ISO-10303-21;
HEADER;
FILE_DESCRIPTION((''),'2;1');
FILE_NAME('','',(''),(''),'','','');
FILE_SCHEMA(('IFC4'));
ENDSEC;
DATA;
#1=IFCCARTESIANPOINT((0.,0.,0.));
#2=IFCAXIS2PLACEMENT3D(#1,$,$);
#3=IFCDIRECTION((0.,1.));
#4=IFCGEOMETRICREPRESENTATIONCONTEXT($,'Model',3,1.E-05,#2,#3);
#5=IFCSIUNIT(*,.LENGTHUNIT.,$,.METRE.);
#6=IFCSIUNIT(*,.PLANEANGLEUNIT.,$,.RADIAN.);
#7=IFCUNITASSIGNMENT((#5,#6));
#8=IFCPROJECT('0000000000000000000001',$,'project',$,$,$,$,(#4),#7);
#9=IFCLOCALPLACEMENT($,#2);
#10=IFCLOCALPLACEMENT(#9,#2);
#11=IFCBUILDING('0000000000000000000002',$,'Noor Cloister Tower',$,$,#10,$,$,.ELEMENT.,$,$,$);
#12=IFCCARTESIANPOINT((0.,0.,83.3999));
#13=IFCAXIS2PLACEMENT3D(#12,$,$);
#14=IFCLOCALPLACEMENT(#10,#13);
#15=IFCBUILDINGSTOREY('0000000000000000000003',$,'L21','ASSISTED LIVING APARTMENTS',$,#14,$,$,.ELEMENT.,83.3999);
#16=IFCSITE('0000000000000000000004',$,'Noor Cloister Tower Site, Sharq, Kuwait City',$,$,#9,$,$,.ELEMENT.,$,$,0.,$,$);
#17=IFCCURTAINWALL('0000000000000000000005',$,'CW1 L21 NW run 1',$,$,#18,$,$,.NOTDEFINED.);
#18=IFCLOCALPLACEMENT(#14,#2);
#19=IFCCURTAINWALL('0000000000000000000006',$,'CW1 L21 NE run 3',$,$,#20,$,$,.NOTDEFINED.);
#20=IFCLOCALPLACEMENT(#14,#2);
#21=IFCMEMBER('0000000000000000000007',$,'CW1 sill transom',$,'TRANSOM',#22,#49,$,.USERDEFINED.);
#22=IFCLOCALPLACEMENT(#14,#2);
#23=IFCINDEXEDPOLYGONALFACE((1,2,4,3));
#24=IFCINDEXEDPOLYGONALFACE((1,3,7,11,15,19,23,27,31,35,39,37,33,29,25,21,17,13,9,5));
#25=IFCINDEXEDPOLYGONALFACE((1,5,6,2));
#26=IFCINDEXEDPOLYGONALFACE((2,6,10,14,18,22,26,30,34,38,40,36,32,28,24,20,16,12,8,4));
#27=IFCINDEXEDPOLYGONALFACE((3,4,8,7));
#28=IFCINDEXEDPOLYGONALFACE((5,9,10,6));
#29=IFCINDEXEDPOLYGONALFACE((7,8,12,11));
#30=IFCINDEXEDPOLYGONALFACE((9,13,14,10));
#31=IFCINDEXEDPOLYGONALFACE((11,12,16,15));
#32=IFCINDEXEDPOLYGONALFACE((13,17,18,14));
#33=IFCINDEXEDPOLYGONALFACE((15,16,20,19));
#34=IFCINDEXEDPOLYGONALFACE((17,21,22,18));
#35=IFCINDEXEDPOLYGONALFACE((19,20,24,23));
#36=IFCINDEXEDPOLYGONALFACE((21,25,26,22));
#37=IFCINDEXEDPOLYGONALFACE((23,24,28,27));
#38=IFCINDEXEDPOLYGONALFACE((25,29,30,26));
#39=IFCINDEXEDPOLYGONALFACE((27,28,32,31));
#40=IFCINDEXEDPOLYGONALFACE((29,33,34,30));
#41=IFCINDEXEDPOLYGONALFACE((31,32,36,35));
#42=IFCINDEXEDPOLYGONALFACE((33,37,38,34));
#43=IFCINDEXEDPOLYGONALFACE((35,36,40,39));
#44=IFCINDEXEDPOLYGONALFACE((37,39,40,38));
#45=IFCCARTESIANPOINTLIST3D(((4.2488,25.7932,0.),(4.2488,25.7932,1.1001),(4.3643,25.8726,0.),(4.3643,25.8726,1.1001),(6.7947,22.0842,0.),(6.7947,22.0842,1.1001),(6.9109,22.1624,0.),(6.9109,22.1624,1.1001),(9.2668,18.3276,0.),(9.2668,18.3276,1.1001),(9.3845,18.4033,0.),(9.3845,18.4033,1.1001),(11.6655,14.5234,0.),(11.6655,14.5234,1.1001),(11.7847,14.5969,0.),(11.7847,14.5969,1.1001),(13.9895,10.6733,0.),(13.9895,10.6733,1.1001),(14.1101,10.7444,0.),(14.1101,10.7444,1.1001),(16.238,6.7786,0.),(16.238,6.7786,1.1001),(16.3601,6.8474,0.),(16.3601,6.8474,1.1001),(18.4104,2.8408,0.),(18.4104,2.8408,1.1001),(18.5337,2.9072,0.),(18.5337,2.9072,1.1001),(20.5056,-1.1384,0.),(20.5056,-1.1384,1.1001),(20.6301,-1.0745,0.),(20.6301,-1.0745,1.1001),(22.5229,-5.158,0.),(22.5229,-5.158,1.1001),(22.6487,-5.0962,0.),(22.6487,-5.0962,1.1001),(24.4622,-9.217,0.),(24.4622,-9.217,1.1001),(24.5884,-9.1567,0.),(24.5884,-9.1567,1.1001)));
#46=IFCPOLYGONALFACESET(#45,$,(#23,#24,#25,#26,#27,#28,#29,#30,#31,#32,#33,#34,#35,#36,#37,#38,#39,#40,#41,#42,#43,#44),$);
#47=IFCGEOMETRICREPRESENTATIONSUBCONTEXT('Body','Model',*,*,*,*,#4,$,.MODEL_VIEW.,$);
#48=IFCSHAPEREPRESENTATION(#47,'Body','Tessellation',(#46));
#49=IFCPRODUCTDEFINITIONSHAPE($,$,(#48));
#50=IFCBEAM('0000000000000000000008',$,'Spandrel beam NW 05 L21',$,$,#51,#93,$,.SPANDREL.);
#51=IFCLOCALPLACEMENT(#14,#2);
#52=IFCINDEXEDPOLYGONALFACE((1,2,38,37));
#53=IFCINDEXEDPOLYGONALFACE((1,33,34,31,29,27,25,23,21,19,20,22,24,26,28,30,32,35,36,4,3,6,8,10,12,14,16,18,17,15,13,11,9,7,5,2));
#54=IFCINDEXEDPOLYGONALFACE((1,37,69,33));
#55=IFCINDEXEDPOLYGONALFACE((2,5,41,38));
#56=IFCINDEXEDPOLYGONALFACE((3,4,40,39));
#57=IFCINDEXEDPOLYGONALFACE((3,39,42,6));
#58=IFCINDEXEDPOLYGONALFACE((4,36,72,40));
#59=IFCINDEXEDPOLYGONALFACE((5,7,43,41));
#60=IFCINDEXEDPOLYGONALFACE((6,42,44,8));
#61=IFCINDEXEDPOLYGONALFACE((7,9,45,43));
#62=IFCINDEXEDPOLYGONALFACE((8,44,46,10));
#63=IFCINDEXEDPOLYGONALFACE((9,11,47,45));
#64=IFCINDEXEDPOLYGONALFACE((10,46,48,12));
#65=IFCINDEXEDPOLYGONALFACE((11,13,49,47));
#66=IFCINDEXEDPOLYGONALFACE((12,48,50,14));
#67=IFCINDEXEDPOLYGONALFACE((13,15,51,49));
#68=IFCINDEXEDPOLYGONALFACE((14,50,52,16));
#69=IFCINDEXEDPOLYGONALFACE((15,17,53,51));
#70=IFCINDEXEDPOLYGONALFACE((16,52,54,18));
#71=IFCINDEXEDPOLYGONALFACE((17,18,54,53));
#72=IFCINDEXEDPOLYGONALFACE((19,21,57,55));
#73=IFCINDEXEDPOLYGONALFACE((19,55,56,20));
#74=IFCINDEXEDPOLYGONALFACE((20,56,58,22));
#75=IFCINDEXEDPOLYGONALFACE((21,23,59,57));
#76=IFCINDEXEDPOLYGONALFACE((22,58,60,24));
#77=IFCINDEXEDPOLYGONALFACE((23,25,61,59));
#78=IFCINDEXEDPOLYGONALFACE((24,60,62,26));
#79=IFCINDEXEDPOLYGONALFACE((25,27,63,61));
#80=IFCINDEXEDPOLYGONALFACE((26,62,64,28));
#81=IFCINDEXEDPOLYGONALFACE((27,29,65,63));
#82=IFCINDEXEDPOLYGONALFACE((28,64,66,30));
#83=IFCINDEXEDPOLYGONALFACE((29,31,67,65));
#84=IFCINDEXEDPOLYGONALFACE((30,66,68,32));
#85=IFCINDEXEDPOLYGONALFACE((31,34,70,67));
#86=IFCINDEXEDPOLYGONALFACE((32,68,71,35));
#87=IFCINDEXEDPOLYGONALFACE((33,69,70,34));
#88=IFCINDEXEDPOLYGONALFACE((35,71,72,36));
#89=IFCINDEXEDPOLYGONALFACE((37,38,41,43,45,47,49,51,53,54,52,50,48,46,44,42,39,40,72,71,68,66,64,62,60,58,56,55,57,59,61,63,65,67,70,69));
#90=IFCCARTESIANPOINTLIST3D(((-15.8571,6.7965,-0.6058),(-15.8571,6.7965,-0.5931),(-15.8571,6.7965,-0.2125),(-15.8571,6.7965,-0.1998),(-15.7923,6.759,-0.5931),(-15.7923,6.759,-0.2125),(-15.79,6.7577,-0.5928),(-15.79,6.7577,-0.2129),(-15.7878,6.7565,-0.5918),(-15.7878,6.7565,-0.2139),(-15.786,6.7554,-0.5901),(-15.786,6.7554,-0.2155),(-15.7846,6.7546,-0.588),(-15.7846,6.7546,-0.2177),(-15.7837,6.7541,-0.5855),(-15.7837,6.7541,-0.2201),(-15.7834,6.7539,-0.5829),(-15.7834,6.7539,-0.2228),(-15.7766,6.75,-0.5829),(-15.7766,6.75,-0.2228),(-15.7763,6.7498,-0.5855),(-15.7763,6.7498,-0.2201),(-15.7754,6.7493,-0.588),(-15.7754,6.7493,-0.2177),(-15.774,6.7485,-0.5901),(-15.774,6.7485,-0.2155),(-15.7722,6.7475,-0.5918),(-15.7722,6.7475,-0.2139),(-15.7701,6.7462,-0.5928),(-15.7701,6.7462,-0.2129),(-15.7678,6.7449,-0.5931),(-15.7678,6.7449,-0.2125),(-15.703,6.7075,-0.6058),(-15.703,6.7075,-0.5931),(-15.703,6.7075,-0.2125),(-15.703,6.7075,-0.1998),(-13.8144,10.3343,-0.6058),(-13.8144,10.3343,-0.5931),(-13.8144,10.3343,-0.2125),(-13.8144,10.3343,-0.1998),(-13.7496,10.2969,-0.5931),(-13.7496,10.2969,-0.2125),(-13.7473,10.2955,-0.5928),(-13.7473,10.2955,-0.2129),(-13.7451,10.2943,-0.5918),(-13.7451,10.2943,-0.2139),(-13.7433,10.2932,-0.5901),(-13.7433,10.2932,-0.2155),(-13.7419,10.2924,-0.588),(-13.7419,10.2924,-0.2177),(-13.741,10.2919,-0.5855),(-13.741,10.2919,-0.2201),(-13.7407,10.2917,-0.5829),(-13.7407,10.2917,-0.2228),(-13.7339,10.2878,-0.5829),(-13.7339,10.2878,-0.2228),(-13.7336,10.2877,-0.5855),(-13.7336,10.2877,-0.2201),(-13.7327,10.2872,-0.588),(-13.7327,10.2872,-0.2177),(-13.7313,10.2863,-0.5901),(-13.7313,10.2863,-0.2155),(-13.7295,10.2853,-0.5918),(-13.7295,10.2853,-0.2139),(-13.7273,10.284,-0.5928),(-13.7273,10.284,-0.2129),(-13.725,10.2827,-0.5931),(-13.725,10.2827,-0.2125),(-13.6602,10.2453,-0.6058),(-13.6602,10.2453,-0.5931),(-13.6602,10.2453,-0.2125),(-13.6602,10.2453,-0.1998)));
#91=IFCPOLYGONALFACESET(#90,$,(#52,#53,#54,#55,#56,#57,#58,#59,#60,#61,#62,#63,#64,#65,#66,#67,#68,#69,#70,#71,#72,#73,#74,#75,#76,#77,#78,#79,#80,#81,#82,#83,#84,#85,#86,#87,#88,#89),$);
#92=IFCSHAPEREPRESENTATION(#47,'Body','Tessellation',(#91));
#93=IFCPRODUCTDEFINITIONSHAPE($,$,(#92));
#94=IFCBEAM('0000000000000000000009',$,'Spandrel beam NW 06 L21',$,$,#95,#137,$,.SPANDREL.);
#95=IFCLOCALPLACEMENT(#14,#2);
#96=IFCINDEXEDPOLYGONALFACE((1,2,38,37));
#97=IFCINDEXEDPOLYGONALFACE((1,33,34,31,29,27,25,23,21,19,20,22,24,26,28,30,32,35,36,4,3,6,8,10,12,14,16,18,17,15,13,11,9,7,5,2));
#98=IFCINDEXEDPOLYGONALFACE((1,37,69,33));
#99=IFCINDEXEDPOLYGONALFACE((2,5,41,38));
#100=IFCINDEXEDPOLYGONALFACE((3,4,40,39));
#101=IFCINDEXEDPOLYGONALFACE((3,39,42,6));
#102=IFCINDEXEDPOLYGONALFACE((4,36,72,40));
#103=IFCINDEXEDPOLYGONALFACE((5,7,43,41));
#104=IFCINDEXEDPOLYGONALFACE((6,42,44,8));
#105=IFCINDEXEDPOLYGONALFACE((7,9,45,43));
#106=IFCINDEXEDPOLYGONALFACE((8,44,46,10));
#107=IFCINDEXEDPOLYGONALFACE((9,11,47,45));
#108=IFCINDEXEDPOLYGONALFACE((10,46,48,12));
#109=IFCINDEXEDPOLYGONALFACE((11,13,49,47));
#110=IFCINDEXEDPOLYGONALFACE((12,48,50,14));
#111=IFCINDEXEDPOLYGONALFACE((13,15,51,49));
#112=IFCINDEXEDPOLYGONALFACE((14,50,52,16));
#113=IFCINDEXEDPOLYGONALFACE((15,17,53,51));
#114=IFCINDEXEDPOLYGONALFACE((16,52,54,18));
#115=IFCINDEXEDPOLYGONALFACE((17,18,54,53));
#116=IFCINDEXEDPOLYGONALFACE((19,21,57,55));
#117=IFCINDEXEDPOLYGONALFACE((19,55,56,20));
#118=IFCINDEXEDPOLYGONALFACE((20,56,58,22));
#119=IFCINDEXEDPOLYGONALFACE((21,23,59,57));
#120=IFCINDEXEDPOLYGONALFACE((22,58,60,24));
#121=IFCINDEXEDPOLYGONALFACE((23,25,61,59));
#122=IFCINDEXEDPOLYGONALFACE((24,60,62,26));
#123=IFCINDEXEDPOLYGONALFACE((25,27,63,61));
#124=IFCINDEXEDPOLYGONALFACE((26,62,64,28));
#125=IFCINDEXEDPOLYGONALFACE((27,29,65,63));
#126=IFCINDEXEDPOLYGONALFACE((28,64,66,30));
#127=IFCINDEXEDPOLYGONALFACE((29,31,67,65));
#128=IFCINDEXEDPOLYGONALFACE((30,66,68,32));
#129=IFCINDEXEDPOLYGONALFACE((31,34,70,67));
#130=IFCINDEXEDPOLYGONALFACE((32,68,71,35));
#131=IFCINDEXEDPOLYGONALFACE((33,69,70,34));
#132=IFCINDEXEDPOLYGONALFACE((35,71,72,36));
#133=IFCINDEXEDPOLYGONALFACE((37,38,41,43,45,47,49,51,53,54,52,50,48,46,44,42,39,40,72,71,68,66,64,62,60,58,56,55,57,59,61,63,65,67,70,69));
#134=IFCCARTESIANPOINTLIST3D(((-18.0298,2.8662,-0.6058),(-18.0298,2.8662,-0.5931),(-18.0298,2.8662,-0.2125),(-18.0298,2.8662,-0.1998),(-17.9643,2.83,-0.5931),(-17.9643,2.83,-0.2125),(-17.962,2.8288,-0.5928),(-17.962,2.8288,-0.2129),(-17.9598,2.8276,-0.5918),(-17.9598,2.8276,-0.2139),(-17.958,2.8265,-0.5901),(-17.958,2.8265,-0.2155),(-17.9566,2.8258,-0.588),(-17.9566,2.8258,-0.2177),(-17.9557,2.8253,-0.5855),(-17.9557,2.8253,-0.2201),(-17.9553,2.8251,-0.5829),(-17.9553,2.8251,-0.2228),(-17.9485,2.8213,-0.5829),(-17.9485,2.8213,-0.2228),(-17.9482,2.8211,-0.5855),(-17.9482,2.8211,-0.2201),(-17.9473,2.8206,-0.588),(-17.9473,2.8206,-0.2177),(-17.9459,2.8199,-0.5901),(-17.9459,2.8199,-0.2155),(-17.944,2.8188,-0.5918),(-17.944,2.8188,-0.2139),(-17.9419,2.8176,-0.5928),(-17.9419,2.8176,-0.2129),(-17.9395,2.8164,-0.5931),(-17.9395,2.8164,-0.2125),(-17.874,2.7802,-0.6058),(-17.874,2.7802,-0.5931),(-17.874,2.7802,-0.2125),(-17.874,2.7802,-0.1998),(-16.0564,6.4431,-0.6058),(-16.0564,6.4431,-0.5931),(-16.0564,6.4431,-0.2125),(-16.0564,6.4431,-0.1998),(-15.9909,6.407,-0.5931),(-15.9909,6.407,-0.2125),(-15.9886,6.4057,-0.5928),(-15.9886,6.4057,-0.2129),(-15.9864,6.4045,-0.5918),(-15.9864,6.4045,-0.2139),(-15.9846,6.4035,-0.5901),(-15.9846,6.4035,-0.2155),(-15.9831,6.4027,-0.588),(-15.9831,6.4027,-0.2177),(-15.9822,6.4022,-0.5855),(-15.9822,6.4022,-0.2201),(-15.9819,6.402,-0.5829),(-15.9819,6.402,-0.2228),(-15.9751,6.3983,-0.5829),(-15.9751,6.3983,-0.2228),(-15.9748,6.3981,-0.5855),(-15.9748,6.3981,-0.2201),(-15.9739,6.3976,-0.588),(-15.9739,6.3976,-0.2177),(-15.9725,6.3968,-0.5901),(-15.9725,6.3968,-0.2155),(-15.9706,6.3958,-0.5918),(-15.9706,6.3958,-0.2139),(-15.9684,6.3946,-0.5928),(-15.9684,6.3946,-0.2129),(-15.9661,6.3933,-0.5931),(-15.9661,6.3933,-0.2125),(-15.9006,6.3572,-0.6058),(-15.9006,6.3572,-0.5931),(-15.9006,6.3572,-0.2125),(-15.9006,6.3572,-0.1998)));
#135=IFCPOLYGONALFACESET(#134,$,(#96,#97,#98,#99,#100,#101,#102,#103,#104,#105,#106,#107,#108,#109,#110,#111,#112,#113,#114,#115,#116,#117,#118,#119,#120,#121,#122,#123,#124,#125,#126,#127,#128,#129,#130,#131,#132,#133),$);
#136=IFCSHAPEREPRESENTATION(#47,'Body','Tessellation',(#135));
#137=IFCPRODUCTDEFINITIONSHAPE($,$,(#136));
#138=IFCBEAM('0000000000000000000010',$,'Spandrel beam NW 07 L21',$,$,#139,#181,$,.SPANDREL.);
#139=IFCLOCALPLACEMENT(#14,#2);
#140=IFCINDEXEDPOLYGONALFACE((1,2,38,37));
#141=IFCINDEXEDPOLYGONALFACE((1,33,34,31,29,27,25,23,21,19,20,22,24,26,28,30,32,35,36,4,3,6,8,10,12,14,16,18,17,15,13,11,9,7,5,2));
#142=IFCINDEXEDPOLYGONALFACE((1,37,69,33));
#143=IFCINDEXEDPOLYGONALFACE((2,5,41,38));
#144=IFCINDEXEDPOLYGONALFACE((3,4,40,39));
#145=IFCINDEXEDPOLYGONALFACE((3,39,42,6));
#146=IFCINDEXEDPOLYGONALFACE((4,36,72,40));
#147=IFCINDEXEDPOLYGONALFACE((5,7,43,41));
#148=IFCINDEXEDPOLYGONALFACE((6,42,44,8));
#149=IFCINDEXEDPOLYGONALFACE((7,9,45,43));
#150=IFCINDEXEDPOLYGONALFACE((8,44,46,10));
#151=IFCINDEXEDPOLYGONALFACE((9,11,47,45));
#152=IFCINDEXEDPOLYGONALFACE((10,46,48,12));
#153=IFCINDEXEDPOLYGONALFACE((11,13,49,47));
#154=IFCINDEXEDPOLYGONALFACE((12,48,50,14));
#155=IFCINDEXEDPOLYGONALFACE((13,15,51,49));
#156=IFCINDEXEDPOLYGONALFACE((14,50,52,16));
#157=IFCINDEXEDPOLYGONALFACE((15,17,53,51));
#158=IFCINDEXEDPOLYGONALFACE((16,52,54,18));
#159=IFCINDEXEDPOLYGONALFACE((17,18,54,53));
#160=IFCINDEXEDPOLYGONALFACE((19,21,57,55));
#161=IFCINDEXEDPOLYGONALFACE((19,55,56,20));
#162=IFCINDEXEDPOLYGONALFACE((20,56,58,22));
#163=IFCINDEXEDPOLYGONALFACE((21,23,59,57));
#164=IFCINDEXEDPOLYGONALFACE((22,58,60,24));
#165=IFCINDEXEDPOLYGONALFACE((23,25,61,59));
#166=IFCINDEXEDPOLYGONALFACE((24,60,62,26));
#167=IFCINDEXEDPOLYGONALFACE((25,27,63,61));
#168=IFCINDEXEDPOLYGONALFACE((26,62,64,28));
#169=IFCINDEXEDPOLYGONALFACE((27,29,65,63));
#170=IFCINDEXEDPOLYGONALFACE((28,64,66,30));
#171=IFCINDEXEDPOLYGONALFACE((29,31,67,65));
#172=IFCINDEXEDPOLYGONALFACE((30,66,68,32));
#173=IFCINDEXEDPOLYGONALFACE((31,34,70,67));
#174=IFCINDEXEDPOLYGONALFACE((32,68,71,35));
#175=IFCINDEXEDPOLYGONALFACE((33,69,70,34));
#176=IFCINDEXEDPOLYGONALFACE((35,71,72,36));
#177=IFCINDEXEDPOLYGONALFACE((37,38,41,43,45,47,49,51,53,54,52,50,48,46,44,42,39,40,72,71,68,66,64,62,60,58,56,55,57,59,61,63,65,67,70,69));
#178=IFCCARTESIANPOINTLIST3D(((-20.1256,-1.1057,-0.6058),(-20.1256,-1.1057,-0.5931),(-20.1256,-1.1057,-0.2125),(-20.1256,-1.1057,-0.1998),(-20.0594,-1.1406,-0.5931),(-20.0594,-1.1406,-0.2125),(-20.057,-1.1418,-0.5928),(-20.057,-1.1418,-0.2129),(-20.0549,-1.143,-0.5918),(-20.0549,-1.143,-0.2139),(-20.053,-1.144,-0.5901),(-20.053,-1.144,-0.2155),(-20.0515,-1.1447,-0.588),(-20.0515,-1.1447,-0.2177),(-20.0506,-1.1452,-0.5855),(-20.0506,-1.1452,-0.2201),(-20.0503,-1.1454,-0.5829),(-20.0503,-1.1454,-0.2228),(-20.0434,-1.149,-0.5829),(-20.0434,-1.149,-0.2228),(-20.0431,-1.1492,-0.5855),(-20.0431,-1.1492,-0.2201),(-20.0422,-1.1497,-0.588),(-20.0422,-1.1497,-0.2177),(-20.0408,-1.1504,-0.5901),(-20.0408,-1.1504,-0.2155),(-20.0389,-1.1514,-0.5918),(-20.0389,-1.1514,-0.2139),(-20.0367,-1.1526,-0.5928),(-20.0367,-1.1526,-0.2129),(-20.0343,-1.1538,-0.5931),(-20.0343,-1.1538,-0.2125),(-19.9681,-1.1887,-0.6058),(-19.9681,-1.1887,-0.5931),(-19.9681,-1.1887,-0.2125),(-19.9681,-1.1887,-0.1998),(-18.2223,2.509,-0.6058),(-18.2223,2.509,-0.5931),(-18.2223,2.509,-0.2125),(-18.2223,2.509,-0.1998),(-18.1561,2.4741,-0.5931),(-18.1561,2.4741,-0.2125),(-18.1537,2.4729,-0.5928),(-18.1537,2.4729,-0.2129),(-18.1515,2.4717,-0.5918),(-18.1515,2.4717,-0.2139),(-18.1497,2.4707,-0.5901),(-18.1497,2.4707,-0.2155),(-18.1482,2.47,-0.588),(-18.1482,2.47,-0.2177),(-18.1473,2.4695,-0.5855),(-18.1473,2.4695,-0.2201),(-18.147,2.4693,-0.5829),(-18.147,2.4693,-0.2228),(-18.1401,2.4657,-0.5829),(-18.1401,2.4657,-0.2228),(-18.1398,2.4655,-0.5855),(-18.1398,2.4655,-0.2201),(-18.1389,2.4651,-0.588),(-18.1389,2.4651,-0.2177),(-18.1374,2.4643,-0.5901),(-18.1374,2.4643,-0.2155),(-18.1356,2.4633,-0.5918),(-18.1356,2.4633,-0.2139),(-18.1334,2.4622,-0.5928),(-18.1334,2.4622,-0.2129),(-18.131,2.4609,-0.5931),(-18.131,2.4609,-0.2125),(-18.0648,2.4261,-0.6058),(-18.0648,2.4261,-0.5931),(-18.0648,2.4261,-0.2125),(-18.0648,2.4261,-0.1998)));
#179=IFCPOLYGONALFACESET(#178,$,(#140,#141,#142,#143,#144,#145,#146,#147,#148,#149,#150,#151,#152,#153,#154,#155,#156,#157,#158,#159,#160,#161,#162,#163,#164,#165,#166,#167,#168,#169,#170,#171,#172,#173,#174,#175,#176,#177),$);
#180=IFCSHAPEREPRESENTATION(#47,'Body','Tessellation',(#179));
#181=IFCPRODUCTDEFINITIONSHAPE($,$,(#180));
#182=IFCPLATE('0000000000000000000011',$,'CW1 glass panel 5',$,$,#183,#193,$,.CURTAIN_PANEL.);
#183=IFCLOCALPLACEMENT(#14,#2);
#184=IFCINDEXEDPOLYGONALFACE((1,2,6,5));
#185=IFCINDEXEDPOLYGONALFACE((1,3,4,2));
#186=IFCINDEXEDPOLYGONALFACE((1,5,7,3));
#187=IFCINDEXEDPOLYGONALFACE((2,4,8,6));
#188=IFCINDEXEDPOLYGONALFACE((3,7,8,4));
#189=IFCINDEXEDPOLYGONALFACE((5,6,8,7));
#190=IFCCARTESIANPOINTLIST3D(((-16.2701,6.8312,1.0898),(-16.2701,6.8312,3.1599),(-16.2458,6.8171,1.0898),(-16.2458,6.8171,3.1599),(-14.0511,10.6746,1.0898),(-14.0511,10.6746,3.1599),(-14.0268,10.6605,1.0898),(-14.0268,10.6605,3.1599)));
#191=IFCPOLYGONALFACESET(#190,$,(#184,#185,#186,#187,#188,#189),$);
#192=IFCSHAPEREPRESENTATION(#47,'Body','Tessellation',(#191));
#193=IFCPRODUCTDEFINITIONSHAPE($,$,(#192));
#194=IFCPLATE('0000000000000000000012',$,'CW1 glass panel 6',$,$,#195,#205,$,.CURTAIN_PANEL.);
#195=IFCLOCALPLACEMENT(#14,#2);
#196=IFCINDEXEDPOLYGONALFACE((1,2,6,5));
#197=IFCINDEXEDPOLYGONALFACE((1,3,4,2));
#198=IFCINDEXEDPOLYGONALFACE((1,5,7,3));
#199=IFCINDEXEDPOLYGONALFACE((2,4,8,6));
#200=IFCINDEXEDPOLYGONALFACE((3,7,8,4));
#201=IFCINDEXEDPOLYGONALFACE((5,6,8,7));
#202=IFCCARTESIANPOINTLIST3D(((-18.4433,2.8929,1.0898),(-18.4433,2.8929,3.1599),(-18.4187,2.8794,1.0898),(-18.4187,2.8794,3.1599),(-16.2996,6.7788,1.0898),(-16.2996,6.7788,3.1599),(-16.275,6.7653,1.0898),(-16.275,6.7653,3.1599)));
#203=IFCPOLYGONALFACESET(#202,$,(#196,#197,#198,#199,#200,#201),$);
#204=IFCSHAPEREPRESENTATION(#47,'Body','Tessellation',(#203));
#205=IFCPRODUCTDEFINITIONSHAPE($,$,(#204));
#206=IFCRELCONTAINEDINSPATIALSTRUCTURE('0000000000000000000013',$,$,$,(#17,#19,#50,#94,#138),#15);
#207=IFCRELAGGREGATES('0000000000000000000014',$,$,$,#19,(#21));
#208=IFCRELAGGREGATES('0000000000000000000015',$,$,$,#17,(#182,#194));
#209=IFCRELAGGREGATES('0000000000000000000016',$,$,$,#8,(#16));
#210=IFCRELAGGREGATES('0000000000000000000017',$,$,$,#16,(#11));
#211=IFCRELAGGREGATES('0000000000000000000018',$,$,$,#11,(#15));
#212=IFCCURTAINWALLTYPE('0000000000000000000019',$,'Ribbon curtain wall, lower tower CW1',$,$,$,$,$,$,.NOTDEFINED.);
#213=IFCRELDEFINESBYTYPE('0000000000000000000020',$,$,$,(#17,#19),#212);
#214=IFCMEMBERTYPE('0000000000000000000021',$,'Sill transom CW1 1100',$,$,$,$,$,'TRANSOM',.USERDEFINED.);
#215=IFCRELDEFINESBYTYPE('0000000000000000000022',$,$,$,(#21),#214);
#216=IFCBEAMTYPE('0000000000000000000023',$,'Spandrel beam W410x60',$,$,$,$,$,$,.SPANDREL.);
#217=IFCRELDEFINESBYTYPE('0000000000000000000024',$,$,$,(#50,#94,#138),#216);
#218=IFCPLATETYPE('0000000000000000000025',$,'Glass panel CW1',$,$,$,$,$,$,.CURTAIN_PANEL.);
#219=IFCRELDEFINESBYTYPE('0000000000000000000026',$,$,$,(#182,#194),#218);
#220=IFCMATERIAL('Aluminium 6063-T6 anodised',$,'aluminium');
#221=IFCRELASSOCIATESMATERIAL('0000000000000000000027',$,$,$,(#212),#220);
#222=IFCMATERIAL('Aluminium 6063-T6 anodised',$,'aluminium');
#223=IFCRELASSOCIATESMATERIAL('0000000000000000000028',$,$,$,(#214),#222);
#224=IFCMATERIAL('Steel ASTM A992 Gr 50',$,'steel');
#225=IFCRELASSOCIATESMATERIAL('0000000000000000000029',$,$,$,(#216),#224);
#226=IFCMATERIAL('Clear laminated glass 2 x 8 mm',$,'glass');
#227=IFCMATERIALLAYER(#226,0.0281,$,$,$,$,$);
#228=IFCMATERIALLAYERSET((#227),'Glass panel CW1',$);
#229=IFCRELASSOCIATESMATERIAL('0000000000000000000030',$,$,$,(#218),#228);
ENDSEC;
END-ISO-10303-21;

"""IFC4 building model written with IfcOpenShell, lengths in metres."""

from ifc_helpers import new_model, si_unit, direction, frame, origin, origin_2d, place, context, subcontext, project, spatial, polyline, rectangle, i_section, outline, extrude, material, layer, layer_set, material_profile, profile_set, type_object, element, aggregate, save


model = new_model("IFC4")

# Units and contexts
model_context = context("Model", 3, precision=1e-05, world=origin(), true_north=direction((0.0, 1.0)))
body_context = subcontext(model_context, "Body", "Model", "MODEL_VIEW")
ifc_project = project(units=[si_unit("LENGTHUNIT", "METRE"), si_unit("PLANEANGLEUNIT", "RADIAN")], contexts=[model_context])

# Site, building, storey
site_placement = place(None, origin())
site = spatial("IfcSite", under=ifc_project, at=site_placement, Name="Noor Cloister Tower Site, Sharq, Kuwait City", CompositionType="ELEMENT", RefElevation=0.0)
building_placement = place(site_placement, origin())
building = spatial("IfcBuilding", under=site, at=building_placement, Name="Noor Cloister Tower", CompositionType="ELEMENT")
storey_placement = place(building_placement, frame((0.0, 0.0, 83.3999)))
storey = spatial("IfcBuildingStorey", under=building, at=storey_placement, Name="L21", Description="ASSISTED LIVING APARTMENTS", CompositionType="ELEMENT", Elevation=83.3999)

# Curtain walls
ifc_material_1 = material(Name="Aluminium 6063-T6 anodised", Category="aluminium")
curtain_wall_type = type_object("IfcCurtainWallType", Name="Ribbon curtain wall, lower tower CW1", PredefinedType="NOTDEFINED", material=ifc_material_1)
curtain_wall_1_placement = place(storey_placement, origin())
curtain_wall_1 = element("IfcCurtainWall", 1, at=curtain_wall_1_placement, inside=storey, type_object=curtain_wall_type, Name="CW1 L21 NW run 1", PredefinedType="NOTDEFINED")
curtain_wall_2_placement = place(storey_placement, origin())
curtain_wall_2 = element("IfcCurtainWall", 2, at=curtain_wall_2_placement, inside=storey, type_object=curtain_wall_type, Name="CW1 L21 NE run 3", PredefinedType="NOTDEFINED")

# Member
ifc_material_2 = material(Name="Aluminium 6063-T6 anodised", Category="aluminium")
member_type_1 = type_object("IfcMemberType", Name="Sill transom CW1 1100", ElementType="TRANSOM", PredefinedType="USERDEFINED", material=ifc_material_2)
member_1_placement = place(storey_placement, origin())
member_1 = element("IfcMember", 3, at=member_1_placement, type_object=member_type_1, Name="CW1 sill transom", ObjectType="TRANSOM", PredefinedType="USERDEFINED", context=body_context, shape_type="SweptSolid", body=[
    extrude(outline(polyline([(24.5884, -9.1567), (22.6487, -5.0962), (20.6301, -1.0745), (18.5337, 2.9072), (16.3601, 6.8474), (14.1101, 10.7444), (11.7847, 14.5969), (9.3845, 18.4033), (6.9109, 22.1624), (4.3643, 25.8726), (4.2488, 25.7932), (6.7947, 22.0842), (9.2668, 18.3276), (11.6655, 14.5234), (13.9895, 10.6733), (16.238, 6.7786), (18.4104, 2.8408), (20.5056, -1.1384), (22.5229, -5.158), (24.4622, -9.217), (24.5884, -9.1567)])), origin(), (0.0, 0.0, 1.0), 1.1001),
])
aggregate(curtain_wall_2, [member_1])

# Beams
ifc_material_3 = material(Name="Steel ASTM A992 Gr 50", Category="steel")
ifc_material_profile_1 = material_profile(ifc_material_3, i_section(OverallWidth=0.178, OverallDepth=0.406, WebThickness=0.0078, FlangeThickness=0.0127, FilletRadius=0.0103, at=origin_2d()), Name="W410x60")
ifc_profile_set_1 = profile_set([ifc_material_profile_1], Name="Steel ASTM A992 Gr 50")
beam_type_1 = type_object("IfcBeamType", Name="Spandrel beam W410x60", PredefinedType="SPANDREL", material=ifc_profile_set_1)
for number, where, z_axis, x_axis, name in (
    (4, (-13.7373, 10.2898, -0.4028), (-0.500028, -0.866009, 0.0), (0.866009, -0.500028, 0.0), "Spandrel beam NW 05 L21"),
    (5, (-15.9785, 6.4001, -0.4028), (-0.483063, -0.875586, 0.0), (0.875586, -0.483063, 0.0), "Spandrel beam NW 06 L21"),
    (6, (-18.1436, 2.4675, -0.4028), (-0.465904, -0.884835, 0.0), (0.884835, -0.465904, 0.0), "Spandrel beam NW 07 L21"),
):
    element("IfcBeam", number, at=place(storey_placement, frame(where, z_axis=z_axis, x_axis=x_axis)), inside=storey, type_object=beam_type_1, Name=name, PredefinedType="SPANDREL", context=body_context, shape_type="SweptSolid", body=[
        extrude(i_section(OverallWidth=0.178, OverallDepth=0.406, WebThickness=0.0078, FlangeThickness=0.0127, FilletRadius=0.0103, at=origin_2d()), origin(), (0.0, 0.0, 1.0), 4.0852),
    ])

# Plates
ifc_material_4 = material(Name="Clear laminated glass 2 x 8 mm", Category="glass")
ifc_layer_1 = layer(ifc_material_4, 0.0281)
ifc_layer_set_1 = layer_set([ifc_layer_1], Name="Glass panel CW1")
plate_type = type_object("IfcPlateType", Name="Glass panel CW1", PredefinedType="CURTAIN_PANEL", material=ifc_layer_set_1)
plate_1_placement = place(storey_placement, frame((-15.1484, 8.7458, 1.0898), z_axis=(0.0, 0.0, 1.0), x_axis=(-0.5, -0.866025, 0.0)))
plate_1 = element("IfcPlate", 7, at=plate_1_placement, type_object=plate_type, Name="CW1 glass panel 5", PredefinedType="CURTAIN_PANEL", context=body_context, shape_type="SweptSolid", body=[
    extrude(rectangle(XDim=4.438, YDim=0.0281, at=origin_2d()), origin(), (0.0, 0.0, 1.0), 2.0701),
])
plate_2_placement = place(storey_placement, frame((-17.3591, 4.8291, 1.0898), z_axis=(0.0, 0.0, 1.0), x_axis=(-0.483036, -0.8756, 0.0)))
plate_2 = element("IfcPlate", 8, at=plate_2_placement, type_object=plate_type, Name="CW1 glass panel 6", PredefinedType="CURTAIN_PANEL", context=body_context, shape_type="SweptSolid", body=[
    extrude(rectangle(XDim=4.438, YDim=0.0281, at=origin_2d()), origin(), (0.0, 0.0, 1.0), 2.0701),
])
aggregate(curtain_wall_1, [plate_1, plate_2])

save(model, "model.ifc")
